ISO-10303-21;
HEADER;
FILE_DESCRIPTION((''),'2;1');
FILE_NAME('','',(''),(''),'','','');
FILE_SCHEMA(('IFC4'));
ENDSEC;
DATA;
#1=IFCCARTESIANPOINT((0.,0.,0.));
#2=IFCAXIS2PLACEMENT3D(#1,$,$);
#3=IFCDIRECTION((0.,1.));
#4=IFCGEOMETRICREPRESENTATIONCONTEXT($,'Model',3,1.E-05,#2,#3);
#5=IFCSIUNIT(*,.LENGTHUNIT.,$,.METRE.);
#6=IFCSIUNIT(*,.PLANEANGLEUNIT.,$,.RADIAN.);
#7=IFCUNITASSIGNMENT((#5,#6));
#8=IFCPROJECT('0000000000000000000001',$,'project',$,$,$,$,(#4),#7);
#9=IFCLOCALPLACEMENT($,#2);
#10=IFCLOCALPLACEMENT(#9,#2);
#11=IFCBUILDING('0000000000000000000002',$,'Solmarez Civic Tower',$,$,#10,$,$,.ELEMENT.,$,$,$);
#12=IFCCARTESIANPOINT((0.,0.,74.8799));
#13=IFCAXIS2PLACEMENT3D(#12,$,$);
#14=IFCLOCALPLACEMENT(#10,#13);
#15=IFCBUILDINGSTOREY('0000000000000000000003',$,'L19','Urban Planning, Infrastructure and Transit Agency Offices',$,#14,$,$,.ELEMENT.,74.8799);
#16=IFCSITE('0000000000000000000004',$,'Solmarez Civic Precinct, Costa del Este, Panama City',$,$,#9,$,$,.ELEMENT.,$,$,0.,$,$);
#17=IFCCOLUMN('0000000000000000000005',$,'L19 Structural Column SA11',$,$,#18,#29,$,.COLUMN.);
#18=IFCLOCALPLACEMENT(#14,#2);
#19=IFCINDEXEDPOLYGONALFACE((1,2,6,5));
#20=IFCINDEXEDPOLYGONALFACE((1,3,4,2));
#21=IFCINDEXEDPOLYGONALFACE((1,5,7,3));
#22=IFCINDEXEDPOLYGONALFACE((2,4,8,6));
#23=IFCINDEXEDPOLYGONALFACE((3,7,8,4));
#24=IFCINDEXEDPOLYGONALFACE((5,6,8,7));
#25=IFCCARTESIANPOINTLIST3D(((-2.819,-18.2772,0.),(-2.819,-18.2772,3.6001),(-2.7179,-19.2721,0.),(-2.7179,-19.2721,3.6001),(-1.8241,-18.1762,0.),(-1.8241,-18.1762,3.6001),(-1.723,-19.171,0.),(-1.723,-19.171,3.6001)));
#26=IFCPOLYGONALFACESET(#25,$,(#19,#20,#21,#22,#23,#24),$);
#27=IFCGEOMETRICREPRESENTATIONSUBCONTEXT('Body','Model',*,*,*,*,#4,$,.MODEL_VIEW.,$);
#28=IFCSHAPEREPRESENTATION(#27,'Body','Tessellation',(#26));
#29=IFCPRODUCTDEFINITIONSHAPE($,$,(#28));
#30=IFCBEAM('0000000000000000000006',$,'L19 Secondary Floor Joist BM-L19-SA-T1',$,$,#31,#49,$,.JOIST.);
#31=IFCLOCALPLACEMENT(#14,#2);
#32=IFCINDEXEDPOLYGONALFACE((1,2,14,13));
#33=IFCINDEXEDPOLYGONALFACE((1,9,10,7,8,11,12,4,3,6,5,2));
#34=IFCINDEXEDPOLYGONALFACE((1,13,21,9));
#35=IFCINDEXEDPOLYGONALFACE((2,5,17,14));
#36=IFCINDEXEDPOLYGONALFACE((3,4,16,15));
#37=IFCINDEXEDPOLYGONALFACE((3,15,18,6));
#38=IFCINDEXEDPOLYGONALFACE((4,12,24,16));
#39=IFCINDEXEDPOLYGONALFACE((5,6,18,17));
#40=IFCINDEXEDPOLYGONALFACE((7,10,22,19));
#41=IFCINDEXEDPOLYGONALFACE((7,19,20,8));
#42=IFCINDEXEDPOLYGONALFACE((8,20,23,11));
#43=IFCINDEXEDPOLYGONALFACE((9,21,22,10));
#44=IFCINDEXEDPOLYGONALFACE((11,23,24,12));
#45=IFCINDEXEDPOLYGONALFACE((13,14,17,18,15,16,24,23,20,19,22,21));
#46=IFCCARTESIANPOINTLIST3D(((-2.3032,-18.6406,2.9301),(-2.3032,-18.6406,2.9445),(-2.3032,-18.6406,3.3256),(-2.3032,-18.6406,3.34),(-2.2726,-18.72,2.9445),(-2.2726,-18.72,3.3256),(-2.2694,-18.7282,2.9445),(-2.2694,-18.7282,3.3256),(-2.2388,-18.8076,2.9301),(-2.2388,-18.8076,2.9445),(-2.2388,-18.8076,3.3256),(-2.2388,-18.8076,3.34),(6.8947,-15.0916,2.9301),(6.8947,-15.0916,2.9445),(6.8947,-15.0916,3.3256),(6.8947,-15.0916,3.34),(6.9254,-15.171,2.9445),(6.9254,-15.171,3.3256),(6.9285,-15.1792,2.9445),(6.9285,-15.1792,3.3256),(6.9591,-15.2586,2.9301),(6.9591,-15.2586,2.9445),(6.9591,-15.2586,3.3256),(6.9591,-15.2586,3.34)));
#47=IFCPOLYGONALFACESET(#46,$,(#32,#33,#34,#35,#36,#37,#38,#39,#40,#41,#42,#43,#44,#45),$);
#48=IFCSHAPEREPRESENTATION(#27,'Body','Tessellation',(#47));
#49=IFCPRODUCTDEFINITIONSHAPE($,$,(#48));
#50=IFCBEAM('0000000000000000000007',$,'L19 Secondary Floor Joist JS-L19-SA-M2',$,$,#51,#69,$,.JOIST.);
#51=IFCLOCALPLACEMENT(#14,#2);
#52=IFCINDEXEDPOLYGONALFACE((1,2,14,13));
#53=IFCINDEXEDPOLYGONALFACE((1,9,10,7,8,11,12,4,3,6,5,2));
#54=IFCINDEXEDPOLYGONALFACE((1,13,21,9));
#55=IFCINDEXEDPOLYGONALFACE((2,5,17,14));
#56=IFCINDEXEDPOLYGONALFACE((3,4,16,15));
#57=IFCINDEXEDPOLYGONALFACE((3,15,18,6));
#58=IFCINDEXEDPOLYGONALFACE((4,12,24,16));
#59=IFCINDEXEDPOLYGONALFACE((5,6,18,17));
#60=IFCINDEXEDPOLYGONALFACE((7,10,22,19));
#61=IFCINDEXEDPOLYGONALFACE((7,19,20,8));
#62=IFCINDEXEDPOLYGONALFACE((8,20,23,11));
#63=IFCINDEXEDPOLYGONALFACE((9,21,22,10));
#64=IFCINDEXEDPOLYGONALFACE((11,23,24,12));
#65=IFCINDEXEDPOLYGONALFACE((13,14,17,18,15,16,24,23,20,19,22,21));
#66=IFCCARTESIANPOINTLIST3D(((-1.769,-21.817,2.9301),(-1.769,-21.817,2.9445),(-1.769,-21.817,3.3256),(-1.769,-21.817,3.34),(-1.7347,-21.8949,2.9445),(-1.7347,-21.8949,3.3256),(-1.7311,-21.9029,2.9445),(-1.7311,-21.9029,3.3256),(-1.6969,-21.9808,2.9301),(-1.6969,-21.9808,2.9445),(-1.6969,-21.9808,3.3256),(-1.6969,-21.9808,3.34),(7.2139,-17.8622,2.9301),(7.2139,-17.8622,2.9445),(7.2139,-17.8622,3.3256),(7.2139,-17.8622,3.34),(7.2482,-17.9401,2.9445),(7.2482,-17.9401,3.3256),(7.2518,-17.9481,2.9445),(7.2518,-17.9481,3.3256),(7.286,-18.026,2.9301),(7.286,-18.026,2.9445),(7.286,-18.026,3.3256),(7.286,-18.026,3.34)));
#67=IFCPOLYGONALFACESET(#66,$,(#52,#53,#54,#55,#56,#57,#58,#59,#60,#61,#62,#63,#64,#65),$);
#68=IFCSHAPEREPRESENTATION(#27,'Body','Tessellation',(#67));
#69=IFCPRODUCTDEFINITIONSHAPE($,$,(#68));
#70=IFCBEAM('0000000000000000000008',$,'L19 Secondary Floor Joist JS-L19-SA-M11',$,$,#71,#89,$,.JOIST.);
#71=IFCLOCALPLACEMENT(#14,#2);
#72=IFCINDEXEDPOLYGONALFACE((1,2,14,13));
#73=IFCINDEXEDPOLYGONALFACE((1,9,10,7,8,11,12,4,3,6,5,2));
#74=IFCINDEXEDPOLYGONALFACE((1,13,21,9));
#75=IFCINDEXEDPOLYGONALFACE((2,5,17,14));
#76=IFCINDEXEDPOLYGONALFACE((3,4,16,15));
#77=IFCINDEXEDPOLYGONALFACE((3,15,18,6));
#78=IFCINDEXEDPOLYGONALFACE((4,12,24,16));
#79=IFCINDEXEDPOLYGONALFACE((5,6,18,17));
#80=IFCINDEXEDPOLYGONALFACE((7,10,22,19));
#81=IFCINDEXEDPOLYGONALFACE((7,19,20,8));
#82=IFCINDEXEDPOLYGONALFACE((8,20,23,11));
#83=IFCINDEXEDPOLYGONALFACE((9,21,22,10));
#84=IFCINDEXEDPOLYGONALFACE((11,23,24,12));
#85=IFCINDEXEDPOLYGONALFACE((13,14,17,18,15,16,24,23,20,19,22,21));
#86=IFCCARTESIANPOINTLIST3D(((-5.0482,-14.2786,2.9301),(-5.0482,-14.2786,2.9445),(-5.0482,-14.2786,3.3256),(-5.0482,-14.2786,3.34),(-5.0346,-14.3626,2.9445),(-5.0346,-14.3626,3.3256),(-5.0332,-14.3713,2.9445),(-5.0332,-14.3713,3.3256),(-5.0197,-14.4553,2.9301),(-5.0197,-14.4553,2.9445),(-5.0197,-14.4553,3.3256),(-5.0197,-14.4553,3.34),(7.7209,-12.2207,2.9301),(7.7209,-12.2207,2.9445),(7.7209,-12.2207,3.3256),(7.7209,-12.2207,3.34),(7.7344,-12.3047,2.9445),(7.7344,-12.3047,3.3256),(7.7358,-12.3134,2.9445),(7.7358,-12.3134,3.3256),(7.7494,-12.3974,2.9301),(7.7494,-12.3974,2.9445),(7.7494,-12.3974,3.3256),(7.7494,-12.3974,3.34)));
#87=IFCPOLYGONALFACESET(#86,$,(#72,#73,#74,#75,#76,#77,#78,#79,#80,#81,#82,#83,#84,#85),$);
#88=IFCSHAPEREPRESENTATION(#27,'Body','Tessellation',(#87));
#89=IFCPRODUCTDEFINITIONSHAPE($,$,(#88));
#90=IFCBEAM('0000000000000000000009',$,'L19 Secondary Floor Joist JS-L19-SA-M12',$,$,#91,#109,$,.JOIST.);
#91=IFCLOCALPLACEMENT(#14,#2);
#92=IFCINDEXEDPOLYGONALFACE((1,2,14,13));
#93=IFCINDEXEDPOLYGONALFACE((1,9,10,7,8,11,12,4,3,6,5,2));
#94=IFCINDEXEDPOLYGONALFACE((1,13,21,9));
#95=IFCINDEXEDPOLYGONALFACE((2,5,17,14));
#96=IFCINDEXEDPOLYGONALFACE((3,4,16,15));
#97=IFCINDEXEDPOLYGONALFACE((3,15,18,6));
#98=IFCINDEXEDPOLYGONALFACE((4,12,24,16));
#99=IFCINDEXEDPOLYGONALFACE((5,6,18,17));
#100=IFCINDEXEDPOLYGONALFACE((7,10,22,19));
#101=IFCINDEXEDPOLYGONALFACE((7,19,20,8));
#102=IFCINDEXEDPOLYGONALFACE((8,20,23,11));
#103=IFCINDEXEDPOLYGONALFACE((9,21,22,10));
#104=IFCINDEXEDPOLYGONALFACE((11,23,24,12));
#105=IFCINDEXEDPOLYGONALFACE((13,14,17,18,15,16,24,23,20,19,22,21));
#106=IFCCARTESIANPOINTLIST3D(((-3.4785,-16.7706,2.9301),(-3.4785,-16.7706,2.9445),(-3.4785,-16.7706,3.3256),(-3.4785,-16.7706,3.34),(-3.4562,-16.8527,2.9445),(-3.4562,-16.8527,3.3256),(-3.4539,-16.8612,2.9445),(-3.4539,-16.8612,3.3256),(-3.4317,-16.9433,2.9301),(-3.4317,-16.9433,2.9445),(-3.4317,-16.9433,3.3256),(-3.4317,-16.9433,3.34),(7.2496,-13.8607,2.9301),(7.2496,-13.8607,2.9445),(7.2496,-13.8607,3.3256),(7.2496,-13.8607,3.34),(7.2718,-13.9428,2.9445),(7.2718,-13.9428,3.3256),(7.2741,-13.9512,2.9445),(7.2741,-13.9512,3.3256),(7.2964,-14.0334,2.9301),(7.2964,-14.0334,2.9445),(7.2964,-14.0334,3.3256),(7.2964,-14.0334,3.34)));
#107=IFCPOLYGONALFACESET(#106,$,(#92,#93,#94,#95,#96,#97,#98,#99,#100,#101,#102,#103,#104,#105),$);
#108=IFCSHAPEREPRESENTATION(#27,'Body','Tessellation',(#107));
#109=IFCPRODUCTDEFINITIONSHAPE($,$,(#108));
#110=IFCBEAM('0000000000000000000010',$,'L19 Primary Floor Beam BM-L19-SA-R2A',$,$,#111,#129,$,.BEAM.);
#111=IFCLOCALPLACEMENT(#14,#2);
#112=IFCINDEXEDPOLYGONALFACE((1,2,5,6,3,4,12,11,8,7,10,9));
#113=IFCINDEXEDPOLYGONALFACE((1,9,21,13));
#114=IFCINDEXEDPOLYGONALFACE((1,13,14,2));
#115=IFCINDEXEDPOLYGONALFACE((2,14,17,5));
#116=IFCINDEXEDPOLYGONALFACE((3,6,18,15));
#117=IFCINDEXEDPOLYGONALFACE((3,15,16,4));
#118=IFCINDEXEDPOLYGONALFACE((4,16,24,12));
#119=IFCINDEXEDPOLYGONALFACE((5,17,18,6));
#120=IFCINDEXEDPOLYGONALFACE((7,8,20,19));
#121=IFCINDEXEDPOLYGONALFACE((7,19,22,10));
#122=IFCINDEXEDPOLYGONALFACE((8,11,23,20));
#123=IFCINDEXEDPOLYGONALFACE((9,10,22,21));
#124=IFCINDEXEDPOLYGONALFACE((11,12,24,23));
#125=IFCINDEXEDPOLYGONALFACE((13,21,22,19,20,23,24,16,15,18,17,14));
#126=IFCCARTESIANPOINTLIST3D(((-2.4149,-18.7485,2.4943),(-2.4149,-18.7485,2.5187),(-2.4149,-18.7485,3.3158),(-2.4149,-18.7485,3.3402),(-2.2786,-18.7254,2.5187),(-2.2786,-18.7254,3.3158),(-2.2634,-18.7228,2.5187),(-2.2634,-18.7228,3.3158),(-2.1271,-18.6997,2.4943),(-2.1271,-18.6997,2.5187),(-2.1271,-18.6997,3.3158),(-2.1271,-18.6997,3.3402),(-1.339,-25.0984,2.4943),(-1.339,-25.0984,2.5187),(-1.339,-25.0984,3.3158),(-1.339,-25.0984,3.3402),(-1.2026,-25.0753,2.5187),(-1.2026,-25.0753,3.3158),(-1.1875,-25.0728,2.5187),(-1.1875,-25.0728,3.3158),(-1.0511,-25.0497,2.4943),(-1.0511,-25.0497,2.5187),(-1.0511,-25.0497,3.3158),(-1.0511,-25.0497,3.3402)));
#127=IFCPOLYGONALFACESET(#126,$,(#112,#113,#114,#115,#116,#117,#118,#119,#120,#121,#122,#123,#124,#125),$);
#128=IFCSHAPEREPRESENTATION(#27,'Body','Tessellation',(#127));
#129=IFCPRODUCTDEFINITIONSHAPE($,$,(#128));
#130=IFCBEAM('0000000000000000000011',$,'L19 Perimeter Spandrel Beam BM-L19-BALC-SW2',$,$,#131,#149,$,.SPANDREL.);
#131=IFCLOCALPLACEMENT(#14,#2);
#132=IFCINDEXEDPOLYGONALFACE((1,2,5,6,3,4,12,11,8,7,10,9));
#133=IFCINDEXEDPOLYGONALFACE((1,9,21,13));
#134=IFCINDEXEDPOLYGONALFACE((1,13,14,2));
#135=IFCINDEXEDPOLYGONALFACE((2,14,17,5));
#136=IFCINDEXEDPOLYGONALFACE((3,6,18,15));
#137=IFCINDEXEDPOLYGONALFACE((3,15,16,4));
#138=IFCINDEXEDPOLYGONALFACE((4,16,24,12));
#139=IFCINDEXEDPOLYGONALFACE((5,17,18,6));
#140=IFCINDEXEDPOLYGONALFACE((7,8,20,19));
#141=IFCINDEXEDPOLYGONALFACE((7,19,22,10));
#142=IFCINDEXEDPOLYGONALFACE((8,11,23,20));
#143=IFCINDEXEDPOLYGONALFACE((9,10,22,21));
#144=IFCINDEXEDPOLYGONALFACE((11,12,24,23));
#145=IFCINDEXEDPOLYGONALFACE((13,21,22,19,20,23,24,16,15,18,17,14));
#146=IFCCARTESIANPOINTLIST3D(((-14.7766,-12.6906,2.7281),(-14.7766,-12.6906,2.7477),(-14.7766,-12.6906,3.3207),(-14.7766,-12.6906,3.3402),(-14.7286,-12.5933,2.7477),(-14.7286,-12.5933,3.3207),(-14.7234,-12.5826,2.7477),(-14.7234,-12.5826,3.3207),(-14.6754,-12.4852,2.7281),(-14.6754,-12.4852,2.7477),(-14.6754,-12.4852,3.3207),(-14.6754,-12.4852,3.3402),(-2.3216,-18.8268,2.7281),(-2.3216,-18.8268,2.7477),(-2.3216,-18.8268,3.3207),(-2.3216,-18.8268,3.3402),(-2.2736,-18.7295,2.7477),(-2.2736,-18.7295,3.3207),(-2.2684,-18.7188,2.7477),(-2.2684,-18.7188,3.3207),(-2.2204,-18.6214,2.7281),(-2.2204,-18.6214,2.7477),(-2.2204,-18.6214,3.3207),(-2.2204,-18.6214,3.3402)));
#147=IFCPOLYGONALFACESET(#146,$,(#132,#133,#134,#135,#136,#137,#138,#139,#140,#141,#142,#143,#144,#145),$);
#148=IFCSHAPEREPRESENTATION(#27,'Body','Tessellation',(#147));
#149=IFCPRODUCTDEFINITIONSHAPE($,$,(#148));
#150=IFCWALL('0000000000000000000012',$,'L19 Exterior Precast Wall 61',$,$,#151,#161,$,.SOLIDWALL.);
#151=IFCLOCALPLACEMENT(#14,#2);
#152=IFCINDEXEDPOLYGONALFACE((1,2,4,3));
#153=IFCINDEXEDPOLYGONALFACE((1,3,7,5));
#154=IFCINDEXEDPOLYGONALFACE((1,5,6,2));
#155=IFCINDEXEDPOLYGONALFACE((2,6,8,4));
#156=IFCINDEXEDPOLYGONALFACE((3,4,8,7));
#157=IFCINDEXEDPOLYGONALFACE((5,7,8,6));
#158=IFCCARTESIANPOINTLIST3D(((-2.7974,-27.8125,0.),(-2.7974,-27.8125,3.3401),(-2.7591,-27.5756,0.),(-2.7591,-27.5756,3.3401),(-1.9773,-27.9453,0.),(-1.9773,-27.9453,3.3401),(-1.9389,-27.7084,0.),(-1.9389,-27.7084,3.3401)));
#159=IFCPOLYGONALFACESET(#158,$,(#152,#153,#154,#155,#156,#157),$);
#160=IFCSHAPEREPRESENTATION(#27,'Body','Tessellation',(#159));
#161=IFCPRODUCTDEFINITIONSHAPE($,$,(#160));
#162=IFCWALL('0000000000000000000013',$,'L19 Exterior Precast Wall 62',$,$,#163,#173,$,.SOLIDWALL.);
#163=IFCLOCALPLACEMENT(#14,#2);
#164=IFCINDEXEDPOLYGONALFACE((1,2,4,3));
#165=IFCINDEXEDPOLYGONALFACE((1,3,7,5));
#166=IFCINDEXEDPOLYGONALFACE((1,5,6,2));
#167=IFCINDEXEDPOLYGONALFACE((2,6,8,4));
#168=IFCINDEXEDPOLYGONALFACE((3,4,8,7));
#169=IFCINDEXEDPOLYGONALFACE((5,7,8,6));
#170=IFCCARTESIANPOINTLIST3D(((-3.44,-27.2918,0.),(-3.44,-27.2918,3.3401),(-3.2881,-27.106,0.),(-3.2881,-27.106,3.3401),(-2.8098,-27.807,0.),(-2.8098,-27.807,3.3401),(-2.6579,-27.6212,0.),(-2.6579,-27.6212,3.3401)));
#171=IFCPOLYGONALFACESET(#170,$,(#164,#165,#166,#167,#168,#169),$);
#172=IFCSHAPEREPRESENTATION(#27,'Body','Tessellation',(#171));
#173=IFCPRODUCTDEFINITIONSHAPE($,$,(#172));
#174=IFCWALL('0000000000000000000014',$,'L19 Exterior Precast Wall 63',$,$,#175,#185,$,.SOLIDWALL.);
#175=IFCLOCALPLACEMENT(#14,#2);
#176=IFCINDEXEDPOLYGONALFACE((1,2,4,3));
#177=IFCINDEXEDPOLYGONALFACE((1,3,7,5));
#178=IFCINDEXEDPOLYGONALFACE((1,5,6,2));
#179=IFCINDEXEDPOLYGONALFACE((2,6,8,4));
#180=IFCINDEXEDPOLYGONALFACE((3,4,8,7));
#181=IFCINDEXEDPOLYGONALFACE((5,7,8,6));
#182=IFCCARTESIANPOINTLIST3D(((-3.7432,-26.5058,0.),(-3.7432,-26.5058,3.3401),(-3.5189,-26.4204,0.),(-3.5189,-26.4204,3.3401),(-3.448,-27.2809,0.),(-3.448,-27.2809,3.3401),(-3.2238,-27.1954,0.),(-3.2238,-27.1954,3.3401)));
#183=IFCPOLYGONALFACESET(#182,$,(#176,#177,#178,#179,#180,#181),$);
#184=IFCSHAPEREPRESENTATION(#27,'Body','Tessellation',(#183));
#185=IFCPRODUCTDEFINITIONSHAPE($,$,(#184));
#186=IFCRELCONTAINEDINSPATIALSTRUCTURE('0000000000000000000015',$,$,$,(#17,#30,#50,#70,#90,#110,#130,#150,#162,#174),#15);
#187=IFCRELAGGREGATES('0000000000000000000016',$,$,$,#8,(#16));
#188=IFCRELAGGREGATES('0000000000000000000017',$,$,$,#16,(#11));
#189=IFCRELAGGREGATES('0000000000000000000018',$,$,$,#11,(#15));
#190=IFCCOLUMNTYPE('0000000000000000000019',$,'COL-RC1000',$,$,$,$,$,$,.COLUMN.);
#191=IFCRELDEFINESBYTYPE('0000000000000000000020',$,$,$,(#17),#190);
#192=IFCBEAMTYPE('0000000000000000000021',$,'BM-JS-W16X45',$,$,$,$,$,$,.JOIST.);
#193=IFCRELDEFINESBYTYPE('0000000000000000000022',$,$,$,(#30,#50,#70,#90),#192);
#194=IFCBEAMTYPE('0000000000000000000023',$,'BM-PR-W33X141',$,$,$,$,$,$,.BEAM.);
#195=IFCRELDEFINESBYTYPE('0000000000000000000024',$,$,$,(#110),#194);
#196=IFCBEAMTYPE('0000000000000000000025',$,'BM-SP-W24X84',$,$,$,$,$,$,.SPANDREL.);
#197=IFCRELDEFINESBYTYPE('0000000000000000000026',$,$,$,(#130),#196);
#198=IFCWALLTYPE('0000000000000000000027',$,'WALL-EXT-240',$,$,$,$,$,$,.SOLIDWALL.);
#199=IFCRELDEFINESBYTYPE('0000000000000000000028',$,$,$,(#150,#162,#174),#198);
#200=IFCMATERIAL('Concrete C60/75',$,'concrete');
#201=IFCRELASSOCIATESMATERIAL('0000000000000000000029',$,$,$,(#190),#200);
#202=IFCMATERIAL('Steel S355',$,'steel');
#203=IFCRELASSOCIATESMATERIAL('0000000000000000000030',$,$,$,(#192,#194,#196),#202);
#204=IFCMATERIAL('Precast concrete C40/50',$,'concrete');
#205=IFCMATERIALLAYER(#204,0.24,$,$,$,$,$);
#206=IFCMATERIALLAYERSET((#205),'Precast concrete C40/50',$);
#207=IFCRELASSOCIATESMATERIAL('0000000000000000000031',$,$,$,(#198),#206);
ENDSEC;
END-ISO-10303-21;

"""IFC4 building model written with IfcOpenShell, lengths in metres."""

from ifc_helpers import new_model, si_unit, direction, frame, frame_2d, origin, origin_2d, place, context, subcontext, project, spatial, rectangle, i_section, extrude, material, layer, layer_set, material_profile, profile_set, type_object, element, save


model = new_model("IFC4")

# Units and contexts
model_context = context("Model", 3, precision=1e-05, world=origin(), true_north=direction((0.0, 1.0)))
body_context = subcontext(model_context, "Body", "Model", "MODEL_VIEW")
ifc_project = project(units=[si_unit("LENGTHUNIT", "METRE"), si_unit("PLANEANGLEUNIT", "RADIAN")], contexts=[model_context])

# Site, building, storey
site_placement = place(None, origin())
site = spatial("IfcSite", under=ifc_project, at=site_placement, Name="Solmarez Civic Precinct, Costa del Este, Panama City", CompositionType="ELEMENT", RefElevation=0.0)
building_placement = place(site_placement, origin())
building = spatial("IfcBuilding", under=site, at=building_placement, Name="Solmarez Civic Tower", CompositionType="ELEMENT")
storey_placement = place(building_placement, frame((0.0, 0.0, 74.8799)))
storey = spatial("IfcBuildingStorey", under=building, at=storey_placement, Name="L19", Description="Urban Planning, Infrastructure and Transit Agency Offices", CompositionType="ELEMENT", Elevation=74.8799)

# Column
ifc_material_1 = material(Name="Concrete C60/75", Category="concrete")
ifc_material_profile_1 = material_profile(ifc_material_1, rectangle(XDim=1.0, YDim=1.0, at=origin_2d()), Name="RC1000X1000")
ifc_profile_set_1 = profile_set([ifc_material_profile_1], Name="Concrete C60/75")
column_type = type_object("IfcColumnType", Name="COL-RC1000", PredefinedType="COLUMN", material=ifc_profile_set_1)
column_placement = place(storey_placement, frame((-2.271, -18.7241, 0.0), z_axis=(0.0, 0.0, 1.0), x_axis=(0.994881, 0.101056, 0.0)))
element("IfcColumn", 1, at=column_placement, inside=storey, type_object=column_type, Name="L19 Structural Column SA11", PredefinedType="COLUMN", context=body_context, shape_type="SweptSolid", body=[
    extrude(rectangle(XDim=1.0, YDim=1.0, at=origin_2d()), origin(), (0.0, 0.0, 1.0), 3.6001),
])

# Beams
ifc_material_2 = material(Name="Steel S355", Category="steel")
ifc_material_profile_2 = material_profile(ifc_material_2, i_section(OverallWidth=0.179, OverallDepth=0.4099, WebThickness=0.0088, FlangeThickness=0.0144, at=origin_2d()), Name="W16X45")
ifc_profile_set_2 = profile_set([ifc_material_profile_2], Name="Steel S355")
beam_type_1 = type_object("IfcBeamType", Name="BM-JS-W16X45", PredefinedType="JOIST", material=ifc_profile_set_2)
beam_1_placement = place(storey_placement, frame((-2.271, -18.7241, 3.135), z_axis=(0.932958, 0.359984, 0.0), x_axis=(-0.359984, 0.932958, 0.0)))
element("IfcBeam", 2, at=beam_1_placement, inside=storey, type_object=beam_type_1, Name="L19 Secondary Floor Joist BM-L19-SA-T1", PredefinedType="JOIST", context=body_context, shape_type="SweptSolid", body=[
    extrude(i_section(OverallWidth=0.179, OverallDepth=0.4099, WebThickness=0.0088, FlangeThickness=0.0144, at=origin_2d()), origin(), (0.0, 0.0, 1.0), 9.8589),
])
beam_2_placement = place(storey_placement, frame((-1.7329, -21.8989, 3.135), z_axis=(0.915227, 0.402939, 0.0), x_axis=(-0.402939, 0.915227, 0.0)))
element("IfcBeam", 3, at=beam_2_placement, inside=storey, type_object=beam_type_1, Name="L19 Secondary Floor Joist JS-L19-SA-M2", PredefinedType="JOIST", context=body_context, shape_type="SweptSolid", body=[
    extrude(i_section(OverallWidth=0.179, OverallDepth=0.4099, WebThickness=0.0088, FlangeThickness=0.0144, at=origin_2d()), origin(), (0.0, 0.0, 1.0), 9.8149),
])
beam_3_placement = place(storey_placement, frame((-5.0339, -14.3669, 3.135), z_axis=(0.987261, 0.159107, 0.0), x_axis=(-0.159107, 0.987261, 0.0)))
element("IfcBeam", 4, at=beam_3_placement, inside=storey, type_object=beam_type_1, Name="L19 Secondary Floor Joist JS-L19-SA-M11", PredefinedType="JOIST", context=body_context, shape_type="SweptSolid", body=[
    extrude(i_section(OverallWidth=0.179, OverallDepth=0.4099, WebThickness=0.0088, FlangeThickness=0.0144, at=origin_2d()), origin(), (0.0, 0.0, 1.0), 12.9338),
])
beam_4_placement = place(storey_placement, frame((-3.4551, -16.8569, 3.135), z_axis=(0.965126, 0.261785, 0.0), x_axis=(-0.261785, 0.965126, 0.0)))
element("IfcBeam", 5, at=beam_4_placement, inside=storey, type_object=beam_type_1, Name="L19 Secondary Floor Joist JS-L19-SA-M12", PredefinedType="JOIST", context=body_context, shape_type="SweptSolid", body=[
    extrude(i_section(OverallWidth=0.179, OverallDepth=0.4099, WebThickness=0.0088, FlangeThickness=0.0144, at=origin_2d()), origin(), (0.0, 0.0, 1.0), 11.1157),
])
ifc_material_profile_3 = material_profile(ifc_material_2, i_section(OverallWidth=0.292, OverallDepth=0.8459, WebThickness=0.0154, FlangeThickness=0.0244, at=origin_2d()), Name="W33X141")
ifc_profile_set_3 = profile_set([ifc_material_profile_3], Name="Steel S355")
beam_type_2 = type_object("IfcBeamType", Name="BM-PR-W33X141", PredefinedType="BEAM", material=ifc_profile_set_3)
beam_5_placement = place(storey_placement, frame((-2.271, -18.7241, 2.9172), z_axis=(0.16706, -0.985947, 0.0), x_axis=(0.985947, 0.16706, 0.0)))
element("IfcBeam", 6, at=beam_5_placement, inside=storey, type_object=beam_type_2, Name="L19 Primary Floor Beam BM-L19-SA-R2A", PredefinedType="BEAM", context=body_context, shape_type="SweptSolid", body=[
    extrude(i_section(OverallWidth=0.292, OverallDepth=0.8459, WebThickness=0.0154, FlangeThickness=0.0244, at=origin_2d()), origin(), (0.0, 0.0, 1.0), 6.4404),
])
ifc_material_profile_4 = material_profile(ifc_material_2, i_section(OverallWidth=0.229, OverallDepth=0.6121, WebThickness=0.012, FlangeThickness=0.0195, at=origin_2d()), Name="W24X84")
ifc_profile_set_4 = profile_set([ifc_material_profile_4], Name="Steel S355")
beam_type_3 = type_object("IfcBeamType", Name="BM-SP-W24X84", PredefinedType="SPANDREL", material=ifc_profile_set_4)
beam_6_placement = place(storey_placement, frame((-2.271, -18.7241, 3.0342), z_axis=(-0.897042, 0.441945, 0.0), x_axis=(-0.441945, -0.897042, 0.0)))
element("IfcBeam", 7, at=beam_6_placement, inside=storey, type_object=beam_type_3, Name="L19 Perimeter Spandrel Beam BM-L19-BALC-SW2", PredefinedType="SPANDREL", context=body_context, shape_type="SweptSolid", body=[
    extrude(i_section(OverallWidth=0.229, OverallDepth=0.6121, WebThickness=0.012, FlangeThickness=0.0195, at=origin_2d()), origin(), (0.0, 0.0, 1.0), 13.8845),
])

# Walls
ifc_material_3 = material(Name="Precast concrete C40/50", Category="concrete")
ifc_layer_1 = layer(ifc_material_3, 0.24)
ifc_layer_set_1 = layer_set([ifc_layer_1], Name="Precast concrete C40/50")
wall_type_1 = type_object("IfcWallType", Name="WALL-EXT-240", PredefinedType="SOLIDWALL", material=ifc_layer_set_1)
wall_1_placement = place(storey_placement, frame((-1.958, -27.8269, 0.0), z_axis=(0.0, 0.0, 1.0), x_axis=(-0.987138, 0.15987, 0.0)))
element("IfcWall", 8, at=wall_1_placement, inside=storey, type_object=wall_type_1, Name="L19 Exterior Precast Wall 61", PredefinedType="SOLIDWALL", context=body_context, shape_type="SweptSolid", body=[
    extrude(rectangle(XDim=0.8308, YDim=0.24, at=frame_2d((0.4155, 0.0))), origin(), (0.0, 0.0, 1.0), 3.3401),
])
wall_2_placement = place(storey_placement, frame((-2.7339, -27.7141, 0.0), z_axis=(0.0, 0.0, 1.0), x_axis=(-0.774211, 0.632927, 0.0)))
element("IfcWall", 9, at=wall_2_placement, inside=storey, type_object=wall_type_1, Name="L19 Exterior Precast Wall 62", PredefinedType="SOLIDWALL", context=body_context, shape_type="SweptSolid", body=[
    extrude(rectangle(XDim=0.814, YDim=0.24, at=frame_2d((0.407, 0.0))), origin(), (0.0, 0.0, 1.0), 3.3401),
])
wall_3_placement = place(storey_placement, frame((-3.3359, -27.238, 0.0), z_axis=(0.0, 0.0, 1.0), x_axis=(-0.355861, 0.934539, 0.0)))
element("IfcWall", 10, at=wall_3_placement, inside=storey, type_object=wall_type_1, Name="L19 Exterior Precast Wall 63", PredefinedType="SOLIDWALL", context=body_context, shape_type="SweptSolid", body=[
    extrude(rectangle(XDim=0.8293, YDim=0.24, at=frame_2d((0.4146, 0.0))), origin(), (0.0, 0.0, 1.0), 3.3401),
])

save(model, "model.ifc")
